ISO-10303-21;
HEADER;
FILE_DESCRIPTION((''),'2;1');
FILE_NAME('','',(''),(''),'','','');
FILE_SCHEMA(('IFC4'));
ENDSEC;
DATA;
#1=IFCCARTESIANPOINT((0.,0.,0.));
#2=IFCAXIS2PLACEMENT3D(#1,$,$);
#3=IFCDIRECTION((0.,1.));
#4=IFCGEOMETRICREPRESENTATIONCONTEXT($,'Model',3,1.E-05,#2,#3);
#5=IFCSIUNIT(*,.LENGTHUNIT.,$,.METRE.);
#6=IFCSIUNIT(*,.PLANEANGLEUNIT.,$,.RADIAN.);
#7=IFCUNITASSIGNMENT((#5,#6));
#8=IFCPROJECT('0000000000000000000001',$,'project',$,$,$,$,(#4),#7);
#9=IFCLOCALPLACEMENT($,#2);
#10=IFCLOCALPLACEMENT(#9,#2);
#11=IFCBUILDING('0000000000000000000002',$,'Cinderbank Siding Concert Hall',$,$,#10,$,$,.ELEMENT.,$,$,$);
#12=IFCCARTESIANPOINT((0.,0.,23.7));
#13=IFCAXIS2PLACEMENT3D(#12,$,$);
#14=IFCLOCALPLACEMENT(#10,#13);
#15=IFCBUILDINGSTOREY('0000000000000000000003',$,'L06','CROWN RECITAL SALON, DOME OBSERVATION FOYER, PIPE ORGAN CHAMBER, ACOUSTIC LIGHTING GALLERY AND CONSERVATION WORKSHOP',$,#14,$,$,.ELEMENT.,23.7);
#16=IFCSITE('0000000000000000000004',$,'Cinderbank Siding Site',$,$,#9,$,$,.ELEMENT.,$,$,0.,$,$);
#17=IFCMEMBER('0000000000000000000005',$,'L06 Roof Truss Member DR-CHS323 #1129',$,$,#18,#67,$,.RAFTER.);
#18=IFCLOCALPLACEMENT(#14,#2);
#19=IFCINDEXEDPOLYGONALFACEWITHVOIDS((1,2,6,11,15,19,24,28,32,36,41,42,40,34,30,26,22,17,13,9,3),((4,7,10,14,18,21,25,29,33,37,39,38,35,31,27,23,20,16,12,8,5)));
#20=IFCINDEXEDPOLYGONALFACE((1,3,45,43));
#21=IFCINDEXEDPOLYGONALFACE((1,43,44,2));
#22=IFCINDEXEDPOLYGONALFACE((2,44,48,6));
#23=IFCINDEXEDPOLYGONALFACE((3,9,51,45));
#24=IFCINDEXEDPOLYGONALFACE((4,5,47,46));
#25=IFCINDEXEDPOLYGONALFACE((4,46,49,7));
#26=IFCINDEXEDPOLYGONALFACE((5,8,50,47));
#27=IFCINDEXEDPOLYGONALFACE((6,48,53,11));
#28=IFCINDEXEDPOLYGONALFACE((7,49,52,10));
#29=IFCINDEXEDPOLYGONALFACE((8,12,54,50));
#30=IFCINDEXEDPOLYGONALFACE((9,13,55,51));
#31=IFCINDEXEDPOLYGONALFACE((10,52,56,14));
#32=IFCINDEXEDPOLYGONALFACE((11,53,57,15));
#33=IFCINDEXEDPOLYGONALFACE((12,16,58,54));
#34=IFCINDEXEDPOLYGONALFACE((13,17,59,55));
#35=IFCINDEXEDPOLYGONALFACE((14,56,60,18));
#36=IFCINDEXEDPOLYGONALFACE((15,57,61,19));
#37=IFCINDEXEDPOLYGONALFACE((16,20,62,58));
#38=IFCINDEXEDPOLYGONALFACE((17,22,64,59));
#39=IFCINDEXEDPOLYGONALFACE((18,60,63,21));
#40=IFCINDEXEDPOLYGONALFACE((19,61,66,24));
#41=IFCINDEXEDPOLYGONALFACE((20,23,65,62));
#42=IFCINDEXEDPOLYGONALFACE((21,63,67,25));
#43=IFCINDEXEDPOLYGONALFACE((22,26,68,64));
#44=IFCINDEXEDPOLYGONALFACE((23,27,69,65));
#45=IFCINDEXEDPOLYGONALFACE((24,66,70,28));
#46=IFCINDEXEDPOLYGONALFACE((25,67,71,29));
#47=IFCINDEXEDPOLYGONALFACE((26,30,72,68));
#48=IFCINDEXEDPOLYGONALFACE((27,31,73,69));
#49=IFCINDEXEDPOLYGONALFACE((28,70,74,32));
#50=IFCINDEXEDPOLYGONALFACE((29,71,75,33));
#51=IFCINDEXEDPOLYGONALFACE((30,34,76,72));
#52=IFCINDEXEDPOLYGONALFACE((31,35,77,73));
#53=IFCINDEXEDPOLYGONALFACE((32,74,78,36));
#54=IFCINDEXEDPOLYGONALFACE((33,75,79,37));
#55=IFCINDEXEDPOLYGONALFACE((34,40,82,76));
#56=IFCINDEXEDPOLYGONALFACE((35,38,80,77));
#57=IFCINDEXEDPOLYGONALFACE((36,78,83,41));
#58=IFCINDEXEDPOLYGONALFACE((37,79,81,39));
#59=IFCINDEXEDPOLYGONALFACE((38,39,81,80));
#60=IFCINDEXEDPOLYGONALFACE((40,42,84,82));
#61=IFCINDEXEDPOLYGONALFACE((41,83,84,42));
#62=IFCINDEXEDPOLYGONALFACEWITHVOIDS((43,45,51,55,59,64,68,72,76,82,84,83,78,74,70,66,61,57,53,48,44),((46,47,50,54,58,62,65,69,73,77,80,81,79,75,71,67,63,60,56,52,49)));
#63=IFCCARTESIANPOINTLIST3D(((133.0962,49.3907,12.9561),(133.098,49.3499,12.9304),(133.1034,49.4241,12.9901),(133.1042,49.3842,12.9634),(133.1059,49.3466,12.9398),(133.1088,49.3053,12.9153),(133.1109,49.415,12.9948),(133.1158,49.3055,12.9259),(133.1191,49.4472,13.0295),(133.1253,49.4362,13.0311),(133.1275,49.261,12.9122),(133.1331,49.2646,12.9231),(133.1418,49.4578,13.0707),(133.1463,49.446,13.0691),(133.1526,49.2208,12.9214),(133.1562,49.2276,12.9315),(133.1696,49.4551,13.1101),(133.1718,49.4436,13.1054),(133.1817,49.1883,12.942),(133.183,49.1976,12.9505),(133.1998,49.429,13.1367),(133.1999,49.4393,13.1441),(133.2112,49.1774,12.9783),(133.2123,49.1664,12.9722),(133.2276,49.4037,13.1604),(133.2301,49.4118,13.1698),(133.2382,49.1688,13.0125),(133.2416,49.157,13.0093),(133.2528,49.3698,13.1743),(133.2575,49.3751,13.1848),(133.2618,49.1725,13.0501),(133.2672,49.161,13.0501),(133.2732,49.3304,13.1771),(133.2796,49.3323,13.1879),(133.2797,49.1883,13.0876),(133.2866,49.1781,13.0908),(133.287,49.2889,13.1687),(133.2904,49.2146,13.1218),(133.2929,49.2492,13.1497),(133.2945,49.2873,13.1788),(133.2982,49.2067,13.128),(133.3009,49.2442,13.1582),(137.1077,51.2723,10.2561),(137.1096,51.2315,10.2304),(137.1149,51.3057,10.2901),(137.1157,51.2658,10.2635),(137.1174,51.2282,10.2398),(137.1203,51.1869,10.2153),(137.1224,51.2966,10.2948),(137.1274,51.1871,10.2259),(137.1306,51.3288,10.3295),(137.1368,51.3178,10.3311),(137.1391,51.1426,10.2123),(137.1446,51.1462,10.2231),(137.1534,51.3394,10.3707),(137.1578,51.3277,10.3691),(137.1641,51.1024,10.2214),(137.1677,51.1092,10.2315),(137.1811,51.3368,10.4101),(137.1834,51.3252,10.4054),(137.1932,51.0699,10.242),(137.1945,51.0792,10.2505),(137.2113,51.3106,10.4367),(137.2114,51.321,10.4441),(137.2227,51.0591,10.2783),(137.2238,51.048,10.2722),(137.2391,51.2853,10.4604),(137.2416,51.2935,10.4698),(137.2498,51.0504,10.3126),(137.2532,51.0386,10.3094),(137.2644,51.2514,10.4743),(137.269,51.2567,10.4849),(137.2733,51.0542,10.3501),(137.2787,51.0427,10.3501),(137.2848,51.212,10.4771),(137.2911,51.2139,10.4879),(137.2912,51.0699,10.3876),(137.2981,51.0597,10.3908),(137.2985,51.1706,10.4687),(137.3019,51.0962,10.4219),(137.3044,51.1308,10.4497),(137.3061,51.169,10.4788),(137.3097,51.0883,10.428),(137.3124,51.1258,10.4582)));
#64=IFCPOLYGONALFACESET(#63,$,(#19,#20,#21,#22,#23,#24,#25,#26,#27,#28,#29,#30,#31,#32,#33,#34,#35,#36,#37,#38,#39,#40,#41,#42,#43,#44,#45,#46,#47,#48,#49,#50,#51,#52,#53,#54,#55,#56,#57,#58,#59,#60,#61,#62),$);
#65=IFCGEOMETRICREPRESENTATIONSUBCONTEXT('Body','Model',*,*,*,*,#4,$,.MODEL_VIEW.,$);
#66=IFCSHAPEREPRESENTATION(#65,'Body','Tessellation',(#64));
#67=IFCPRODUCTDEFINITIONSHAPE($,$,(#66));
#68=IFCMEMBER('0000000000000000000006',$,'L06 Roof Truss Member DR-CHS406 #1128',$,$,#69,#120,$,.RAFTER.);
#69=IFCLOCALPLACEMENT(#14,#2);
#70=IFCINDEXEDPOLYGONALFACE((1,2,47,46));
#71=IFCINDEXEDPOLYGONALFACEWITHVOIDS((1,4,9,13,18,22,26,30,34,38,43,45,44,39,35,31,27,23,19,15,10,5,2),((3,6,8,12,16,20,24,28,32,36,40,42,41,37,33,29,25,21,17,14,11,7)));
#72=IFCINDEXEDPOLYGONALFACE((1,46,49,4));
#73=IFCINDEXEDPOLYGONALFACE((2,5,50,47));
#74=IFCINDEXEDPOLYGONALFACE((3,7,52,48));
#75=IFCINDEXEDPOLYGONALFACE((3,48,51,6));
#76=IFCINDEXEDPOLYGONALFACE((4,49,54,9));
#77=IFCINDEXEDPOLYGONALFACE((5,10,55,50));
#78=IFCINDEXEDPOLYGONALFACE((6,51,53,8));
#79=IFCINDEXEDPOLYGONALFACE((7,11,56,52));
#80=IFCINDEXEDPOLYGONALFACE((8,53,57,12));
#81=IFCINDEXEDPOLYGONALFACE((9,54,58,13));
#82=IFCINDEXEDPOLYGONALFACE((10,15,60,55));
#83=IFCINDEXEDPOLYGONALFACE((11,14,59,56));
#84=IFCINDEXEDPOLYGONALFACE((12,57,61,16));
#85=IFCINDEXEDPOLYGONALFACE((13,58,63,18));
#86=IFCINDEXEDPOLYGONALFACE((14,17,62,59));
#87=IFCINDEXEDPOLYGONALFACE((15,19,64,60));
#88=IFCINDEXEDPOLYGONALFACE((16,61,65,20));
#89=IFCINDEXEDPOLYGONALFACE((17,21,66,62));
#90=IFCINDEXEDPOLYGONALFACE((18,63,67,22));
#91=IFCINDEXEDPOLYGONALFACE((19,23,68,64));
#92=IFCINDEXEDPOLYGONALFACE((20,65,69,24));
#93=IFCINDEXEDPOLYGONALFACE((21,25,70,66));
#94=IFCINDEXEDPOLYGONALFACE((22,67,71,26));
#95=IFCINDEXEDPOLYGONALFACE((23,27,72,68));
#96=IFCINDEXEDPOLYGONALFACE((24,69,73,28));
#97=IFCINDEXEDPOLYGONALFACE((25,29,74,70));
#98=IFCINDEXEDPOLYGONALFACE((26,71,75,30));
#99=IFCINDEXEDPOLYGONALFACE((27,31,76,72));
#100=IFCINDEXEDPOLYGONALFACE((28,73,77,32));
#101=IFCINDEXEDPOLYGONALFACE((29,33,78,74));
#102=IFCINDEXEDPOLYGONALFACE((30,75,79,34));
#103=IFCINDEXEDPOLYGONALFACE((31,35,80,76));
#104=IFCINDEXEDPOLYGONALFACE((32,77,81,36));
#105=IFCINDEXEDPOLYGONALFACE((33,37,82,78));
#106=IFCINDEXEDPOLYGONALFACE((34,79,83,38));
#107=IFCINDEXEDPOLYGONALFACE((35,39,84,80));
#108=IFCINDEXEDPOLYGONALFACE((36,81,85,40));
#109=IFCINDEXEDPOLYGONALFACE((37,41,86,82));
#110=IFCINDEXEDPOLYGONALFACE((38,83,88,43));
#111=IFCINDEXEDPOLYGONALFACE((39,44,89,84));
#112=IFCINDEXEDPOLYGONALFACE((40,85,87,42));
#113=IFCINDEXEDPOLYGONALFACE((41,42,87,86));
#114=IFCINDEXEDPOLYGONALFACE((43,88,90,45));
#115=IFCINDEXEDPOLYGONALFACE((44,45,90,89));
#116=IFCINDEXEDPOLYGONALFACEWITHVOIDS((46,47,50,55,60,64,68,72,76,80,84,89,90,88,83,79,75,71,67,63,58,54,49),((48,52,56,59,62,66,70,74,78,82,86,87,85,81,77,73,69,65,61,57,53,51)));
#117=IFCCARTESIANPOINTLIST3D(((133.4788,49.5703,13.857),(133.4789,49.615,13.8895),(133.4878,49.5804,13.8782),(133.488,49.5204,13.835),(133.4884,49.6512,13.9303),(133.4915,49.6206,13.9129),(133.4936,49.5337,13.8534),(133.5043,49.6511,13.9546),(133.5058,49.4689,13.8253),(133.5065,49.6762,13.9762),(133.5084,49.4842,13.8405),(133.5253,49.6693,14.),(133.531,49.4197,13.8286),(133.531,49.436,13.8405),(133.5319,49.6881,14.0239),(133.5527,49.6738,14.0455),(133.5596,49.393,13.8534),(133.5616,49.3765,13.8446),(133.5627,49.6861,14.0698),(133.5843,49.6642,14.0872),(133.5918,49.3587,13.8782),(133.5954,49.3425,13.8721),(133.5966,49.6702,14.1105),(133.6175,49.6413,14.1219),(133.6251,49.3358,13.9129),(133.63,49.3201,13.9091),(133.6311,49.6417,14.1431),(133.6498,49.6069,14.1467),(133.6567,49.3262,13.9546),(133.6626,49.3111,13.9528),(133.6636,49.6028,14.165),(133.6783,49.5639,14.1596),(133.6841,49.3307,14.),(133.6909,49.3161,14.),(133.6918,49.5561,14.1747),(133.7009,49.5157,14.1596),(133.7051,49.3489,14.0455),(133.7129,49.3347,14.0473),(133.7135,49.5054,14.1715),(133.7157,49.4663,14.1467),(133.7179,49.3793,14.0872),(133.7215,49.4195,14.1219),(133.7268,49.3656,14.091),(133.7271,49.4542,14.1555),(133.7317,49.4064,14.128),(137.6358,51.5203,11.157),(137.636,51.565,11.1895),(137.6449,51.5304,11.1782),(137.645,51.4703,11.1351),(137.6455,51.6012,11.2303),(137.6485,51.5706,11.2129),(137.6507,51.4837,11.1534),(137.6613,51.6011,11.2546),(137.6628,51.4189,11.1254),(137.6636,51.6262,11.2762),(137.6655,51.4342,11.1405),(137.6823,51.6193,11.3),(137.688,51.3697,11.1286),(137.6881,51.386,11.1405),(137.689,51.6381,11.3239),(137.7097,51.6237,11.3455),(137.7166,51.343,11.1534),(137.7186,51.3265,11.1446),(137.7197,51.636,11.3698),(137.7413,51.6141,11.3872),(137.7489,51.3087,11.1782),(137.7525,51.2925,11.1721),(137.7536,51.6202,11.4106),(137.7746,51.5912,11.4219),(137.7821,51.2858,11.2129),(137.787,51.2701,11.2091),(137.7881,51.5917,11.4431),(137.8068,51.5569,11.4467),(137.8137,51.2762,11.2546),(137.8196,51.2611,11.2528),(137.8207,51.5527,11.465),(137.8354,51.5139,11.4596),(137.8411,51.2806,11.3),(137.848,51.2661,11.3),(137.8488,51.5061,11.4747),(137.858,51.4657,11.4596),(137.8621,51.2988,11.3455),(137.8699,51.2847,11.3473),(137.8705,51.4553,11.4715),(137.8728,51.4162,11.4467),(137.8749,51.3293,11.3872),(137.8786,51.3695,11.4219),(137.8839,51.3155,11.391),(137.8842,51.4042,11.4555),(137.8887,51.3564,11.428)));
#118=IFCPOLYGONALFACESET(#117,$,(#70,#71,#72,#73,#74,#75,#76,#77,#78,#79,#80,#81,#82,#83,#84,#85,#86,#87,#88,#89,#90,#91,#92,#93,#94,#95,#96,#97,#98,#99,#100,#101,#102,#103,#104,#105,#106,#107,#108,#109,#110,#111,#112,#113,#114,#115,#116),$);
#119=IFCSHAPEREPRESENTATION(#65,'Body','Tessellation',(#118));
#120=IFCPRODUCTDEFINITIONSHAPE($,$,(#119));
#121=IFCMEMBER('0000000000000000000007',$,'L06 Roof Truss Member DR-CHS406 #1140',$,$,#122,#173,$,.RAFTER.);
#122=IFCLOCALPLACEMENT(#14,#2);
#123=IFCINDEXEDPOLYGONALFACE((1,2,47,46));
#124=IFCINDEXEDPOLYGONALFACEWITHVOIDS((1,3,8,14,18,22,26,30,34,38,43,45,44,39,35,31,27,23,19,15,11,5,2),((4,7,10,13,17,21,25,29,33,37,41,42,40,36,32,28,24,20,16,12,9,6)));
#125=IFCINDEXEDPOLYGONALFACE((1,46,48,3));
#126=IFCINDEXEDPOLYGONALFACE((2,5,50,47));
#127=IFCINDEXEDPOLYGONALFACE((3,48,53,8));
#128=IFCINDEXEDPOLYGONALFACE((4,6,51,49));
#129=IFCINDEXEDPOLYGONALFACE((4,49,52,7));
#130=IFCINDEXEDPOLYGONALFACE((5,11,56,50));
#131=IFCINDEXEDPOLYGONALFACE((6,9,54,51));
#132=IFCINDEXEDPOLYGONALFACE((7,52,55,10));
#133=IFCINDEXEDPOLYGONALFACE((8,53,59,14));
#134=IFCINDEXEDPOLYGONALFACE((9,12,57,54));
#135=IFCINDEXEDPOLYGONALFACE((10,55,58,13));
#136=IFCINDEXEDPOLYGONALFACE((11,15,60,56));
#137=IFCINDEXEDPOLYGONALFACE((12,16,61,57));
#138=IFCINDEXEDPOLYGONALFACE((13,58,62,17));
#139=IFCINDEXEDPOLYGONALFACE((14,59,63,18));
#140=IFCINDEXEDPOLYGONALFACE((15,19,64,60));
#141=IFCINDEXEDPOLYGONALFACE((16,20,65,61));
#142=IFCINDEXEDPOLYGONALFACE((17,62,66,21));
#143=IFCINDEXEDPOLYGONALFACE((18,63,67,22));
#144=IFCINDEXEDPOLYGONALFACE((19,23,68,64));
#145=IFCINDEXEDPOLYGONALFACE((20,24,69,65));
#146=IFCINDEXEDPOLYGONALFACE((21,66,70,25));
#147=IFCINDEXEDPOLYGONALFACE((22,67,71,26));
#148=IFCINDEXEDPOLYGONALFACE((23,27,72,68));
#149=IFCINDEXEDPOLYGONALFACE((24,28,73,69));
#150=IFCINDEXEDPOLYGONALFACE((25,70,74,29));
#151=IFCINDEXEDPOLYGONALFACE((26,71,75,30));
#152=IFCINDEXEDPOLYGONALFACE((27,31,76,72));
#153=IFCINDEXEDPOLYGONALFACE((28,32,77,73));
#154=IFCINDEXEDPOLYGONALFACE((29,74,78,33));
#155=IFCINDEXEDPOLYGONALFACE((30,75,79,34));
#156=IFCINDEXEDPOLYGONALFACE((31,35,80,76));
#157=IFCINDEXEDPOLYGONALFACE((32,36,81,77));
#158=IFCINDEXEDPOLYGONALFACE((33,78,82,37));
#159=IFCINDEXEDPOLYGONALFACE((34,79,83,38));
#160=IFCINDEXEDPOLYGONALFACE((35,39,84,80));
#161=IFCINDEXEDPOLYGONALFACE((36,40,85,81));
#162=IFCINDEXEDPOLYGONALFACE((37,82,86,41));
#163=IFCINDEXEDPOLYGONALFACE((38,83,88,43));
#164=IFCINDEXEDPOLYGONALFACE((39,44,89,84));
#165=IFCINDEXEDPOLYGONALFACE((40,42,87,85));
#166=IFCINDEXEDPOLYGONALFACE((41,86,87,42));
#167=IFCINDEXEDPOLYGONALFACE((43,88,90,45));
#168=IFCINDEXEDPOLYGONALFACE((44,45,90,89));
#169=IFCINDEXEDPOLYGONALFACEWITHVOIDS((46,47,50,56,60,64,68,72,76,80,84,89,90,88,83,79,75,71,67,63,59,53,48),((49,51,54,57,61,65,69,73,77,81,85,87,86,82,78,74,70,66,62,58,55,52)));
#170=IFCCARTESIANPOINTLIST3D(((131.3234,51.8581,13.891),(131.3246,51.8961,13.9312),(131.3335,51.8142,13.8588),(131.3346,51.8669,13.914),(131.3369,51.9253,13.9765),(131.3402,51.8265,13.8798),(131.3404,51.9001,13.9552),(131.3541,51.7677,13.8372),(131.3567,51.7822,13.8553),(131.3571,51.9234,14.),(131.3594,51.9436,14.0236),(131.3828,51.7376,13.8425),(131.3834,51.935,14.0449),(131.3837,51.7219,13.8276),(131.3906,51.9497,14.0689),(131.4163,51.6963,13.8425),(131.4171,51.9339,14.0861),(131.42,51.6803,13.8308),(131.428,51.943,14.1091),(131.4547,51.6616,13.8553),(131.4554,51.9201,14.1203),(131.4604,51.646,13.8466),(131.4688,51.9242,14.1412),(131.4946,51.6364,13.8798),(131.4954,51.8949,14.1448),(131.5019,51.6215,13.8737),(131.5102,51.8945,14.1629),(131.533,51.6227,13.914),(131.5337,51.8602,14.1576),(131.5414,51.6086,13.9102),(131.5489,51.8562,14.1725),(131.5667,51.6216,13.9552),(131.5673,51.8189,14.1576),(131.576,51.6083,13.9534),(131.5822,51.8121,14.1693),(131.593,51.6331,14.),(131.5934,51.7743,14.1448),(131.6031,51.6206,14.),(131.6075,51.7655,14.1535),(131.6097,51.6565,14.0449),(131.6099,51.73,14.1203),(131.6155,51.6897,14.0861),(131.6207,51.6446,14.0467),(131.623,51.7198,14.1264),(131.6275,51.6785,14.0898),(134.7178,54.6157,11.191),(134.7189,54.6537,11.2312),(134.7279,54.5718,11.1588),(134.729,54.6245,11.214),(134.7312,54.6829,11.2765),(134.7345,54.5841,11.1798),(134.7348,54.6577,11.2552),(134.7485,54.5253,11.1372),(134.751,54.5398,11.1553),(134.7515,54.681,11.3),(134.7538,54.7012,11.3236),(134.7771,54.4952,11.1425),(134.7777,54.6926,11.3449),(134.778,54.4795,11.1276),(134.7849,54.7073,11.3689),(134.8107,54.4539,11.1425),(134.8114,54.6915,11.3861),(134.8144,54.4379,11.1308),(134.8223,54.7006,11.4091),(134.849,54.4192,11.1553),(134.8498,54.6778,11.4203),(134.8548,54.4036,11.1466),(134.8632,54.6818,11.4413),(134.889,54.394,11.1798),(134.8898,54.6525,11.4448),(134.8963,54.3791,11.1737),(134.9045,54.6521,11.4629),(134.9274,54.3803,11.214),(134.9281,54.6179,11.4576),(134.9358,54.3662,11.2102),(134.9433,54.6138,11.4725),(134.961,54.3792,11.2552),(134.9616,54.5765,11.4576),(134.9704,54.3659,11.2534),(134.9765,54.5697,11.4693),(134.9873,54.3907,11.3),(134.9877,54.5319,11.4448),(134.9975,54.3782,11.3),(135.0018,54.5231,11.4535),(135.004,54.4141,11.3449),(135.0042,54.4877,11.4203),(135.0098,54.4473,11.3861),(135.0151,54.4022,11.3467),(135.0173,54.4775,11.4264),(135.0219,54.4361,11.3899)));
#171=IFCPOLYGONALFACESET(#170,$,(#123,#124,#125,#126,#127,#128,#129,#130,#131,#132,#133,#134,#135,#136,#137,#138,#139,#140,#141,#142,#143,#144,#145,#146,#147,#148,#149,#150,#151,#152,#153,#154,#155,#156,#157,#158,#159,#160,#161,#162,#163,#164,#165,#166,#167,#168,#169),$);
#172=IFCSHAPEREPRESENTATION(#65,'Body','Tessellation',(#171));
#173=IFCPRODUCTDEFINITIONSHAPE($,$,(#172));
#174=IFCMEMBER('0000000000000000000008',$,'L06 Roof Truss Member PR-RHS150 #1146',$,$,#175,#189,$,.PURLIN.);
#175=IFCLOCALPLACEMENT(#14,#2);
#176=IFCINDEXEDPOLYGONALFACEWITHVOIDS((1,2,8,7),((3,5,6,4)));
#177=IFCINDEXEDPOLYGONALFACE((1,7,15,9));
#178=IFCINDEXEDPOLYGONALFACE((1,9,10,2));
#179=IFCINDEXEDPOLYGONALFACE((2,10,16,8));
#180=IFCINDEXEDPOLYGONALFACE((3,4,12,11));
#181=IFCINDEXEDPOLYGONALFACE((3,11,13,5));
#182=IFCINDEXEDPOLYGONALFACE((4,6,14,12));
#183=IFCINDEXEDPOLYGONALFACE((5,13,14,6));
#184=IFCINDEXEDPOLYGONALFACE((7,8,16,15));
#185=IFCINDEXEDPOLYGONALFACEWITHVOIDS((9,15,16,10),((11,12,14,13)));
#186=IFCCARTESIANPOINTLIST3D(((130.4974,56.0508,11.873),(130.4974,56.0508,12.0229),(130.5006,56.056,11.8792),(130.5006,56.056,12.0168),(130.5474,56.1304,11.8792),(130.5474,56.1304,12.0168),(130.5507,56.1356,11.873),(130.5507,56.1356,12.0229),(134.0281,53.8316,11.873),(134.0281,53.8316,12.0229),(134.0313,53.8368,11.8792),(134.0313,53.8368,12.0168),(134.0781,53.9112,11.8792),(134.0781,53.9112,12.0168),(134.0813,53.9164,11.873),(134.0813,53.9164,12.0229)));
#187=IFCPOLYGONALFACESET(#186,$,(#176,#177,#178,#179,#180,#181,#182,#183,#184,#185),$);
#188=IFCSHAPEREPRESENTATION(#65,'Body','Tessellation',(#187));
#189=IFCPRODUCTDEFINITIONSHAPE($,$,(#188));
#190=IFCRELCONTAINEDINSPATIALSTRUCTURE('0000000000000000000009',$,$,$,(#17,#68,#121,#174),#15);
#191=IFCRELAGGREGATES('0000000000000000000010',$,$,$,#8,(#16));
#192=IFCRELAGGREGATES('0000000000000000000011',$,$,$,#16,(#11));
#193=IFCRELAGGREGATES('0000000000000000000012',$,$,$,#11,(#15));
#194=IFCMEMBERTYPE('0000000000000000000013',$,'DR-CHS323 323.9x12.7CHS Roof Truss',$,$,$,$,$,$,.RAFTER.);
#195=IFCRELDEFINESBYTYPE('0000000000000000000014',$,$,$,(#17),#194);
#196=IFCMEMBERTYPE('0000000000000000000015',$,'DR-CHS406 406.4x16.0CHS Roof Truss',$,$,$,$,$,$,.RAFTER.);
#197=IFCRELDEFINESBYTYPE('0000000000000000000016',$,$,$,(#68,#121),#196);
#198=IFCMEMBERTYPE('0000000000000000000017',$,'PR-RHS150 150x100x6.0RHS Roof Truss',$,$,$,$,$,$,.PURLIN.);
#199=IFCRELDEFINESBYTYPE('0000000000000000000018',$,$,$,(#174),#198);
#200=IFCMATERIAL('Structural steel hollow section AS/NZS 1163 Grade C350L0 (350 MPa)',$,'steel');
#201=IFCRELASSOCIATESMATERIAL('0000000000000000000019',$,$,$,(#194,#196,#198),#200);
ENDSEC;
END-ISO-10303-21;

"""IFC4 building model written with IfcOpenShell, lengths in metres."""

from ifc_helpers import new_model, si_unit, direction, frame, origin, origin_2d, place, context, subcontext, project, spatial, hollow_rectangle, hollow_circle, extrude, material, material_profile, profile_set, type_object, element, save


model = new_model("IFC4")

# Units and contexts
model_context = context("Model", 3, precision=1e-05, world=origin(), true_north=direction((0.0, 1.0)))
body_context = subcontext(model_context, "Body", "Model", "MODEL_VIEW")
ifc_project = project(units=[si_unit("LENGTHUNIT", "METRE"), si_unit("PLANEANGLEUNIT", "RADIAN")], contexts=[model_context])

# Site, building, storey
site_placement = place(None, origin())
site = spatial("IfcSite", under=ifc_project, at=site_placement, Name="Cinderbank Siding Site", CompositionType="ELEMENT", RefElevation=0.0)
building_placement = place(site_placement, origin())
building = spatial("IfcBuilding", under=site, at=building_placement, Name="Cinderbank Siding Concert Hall", CompositionType="ELEMENT")
storey_placement = place(building_placement, frame((0.0, 0.0, 23.7)))
storey = spatial("IfcBuildingStorey", under=building, at=storey_placement, Name="L06", Description="CROWN RECITAL SALON, DOME OBSERVATION FOYER, PIPE ORGAN CHAMBER, ACOUSTIC LIGHTING GALLERY AND CONSERVATION WORKSHOP", CompositionType="ELEMENT", Elevation=23.7)

# Members
ifc_material_1 = material(Name="Structural steel hollow section AS/NZS 1163 Grade C350L0 (350 MPa)", Category="steel")
ifc_material_profile_1 = material_profile(ifc_material_1, hollow_circle(Radius=0.1619, WallThickness=0.0127, at=origin_2d()), Name="323.9x12.7CHS", Category="LoadBearing")
ifc_profile_set_1 = profile_set([ifc_material_profile_1], Name="Structural steel hollow section AS/NZS 1163 Grade C350L0 (350 MPa)")
member_type_1 = type_object("IfcMemberType", Name="DR-CHS323 323.9x12.7CHS Roof Truss", PredefinedType="RAFTER", material=ifc_profile_set_1)
member_1_placement = place(storey_placement, frame((137.21, 51.1892, 10.3501), z_axis=(-0.773125, -0.362636, 0.520358), x_axis=(0.424658, -0.905354, 0.0)))
element("IfcMember", 1, at=member_1_placement, inside=storey, type_object=member_type_1, Name="L06 Roof Truss Member DR-CHS323 #1129", PredefinedType="RAFTER", context=body_context, shape_type="SweptSolid", body=[
    extrude(hollow_circle(Radius=0.1619, WallThickness=0.0127, at=origin_2d()), origin(), (0.0, 0.0, 1.0), 5.1887),
])
ifc_material_profile_2 = material_profile(ifc_material_1, hollow_circle(Radius=0.2031, WallThickness=0.0161, at=origin_2d()), Name="406.4x16.0CHS", Category="LoadBearing")
ifc_profile_set_2 = profile_set([ifc_material_profile_2], Name="Structural steel hollow section AS/NZS 1163 Grade C350L0 (350 MPa)")
member_type_2 = type_object("IfcMemberType", Name="DR-CHS406 406.4x16.0CHS Roof Truss", PredefinedType="RAFTER", material=ifc_profile_set_2)
member_2_placement = place(storey_placement, frame((137.7617, 51.45, 11.3), z_axis=(-0.780421, -0.366079, 0.506882), x_axis=(0.424678, -0.905345, 0.0)))
element("IfcMember", 2, at=member_2_placement, inside=storey, type_object=member_type_2, Name="L06 Roof Truss Member DR-CHS406 #1128", PredefinedType="RAFTER", context=body_context, shape_type="SweptSolid", body=[
    extrude(hollow_circle(Radius=0.2031, WallThickness=0.0161, at=origin_2d()), origin(), (0.0, 0.0, 1.0), 5.3267),
])
member_3_placement = place(storey_placement, frame((134.8694, 54.5359, 11.3), z_axis=(-0.660423, -0.536538, 0.525327), x_axis=(0.630553, -0.776146, 0.0)))
element("IfcMember", 3, at=member_3_placement, inside=storey, type_object=member_type_2, Name="L06 Roof Truss Member DR-CHS406 #1140", PredefinedType="RAFTER", context=body_context, shape_type="SweptSolid", body=[
    extrude(hollow_circle(Radius=0.2031, WallThickness=0.0161, at=origin_2d()), origin(), (0.0, 0.0, 1.0), 5.1396),
])
ifc_material_profile_3 = material_profile(ifc_material_1, hollow_rectangle(XDim=0.1001, YDim=0.1499, WallThickness=0.0061, at=origin_2d()), Name="150x100x6.0RHS", Category="LoadBearing")
ifc_profile_set_3 = profile_set([ifc_material_profile_3], Name="Structural steel hollow section AS/NZS 1163 Grade C350L0 (350 MPa)")
member_type_3 = type_object("IfcMemberType", Name="PR-RHS150 150x100x6.0RHS Roof Truss", PredefinedType="PURLIN", material=ifc_profile_set_3)
member_4_placement = place(storey_placement, frame((134.0547, 53.874, 11.948), z_axis=(-0.846647, 0.532155, 0.0), x_axis=(-0.532155, -0.846647, 0.0)))
element("IfcMember", 4, at=member_4_placement, inside=storey, type_object=member_type_3, Name="L06 Roof Truss Member PR-RHS150 #1146", PredefinedType="PURLIN", context=body_context, shape_type="SweptSolid", body=[
    extrude(hollow_rectangle(XDim=0.1001, YDim=0.1499, WallThickness=0.0061, at=origin_2d()), origin(), (0.0, 0.0, 1.0), 4.1702),
])

save(model, "model.ifc")
